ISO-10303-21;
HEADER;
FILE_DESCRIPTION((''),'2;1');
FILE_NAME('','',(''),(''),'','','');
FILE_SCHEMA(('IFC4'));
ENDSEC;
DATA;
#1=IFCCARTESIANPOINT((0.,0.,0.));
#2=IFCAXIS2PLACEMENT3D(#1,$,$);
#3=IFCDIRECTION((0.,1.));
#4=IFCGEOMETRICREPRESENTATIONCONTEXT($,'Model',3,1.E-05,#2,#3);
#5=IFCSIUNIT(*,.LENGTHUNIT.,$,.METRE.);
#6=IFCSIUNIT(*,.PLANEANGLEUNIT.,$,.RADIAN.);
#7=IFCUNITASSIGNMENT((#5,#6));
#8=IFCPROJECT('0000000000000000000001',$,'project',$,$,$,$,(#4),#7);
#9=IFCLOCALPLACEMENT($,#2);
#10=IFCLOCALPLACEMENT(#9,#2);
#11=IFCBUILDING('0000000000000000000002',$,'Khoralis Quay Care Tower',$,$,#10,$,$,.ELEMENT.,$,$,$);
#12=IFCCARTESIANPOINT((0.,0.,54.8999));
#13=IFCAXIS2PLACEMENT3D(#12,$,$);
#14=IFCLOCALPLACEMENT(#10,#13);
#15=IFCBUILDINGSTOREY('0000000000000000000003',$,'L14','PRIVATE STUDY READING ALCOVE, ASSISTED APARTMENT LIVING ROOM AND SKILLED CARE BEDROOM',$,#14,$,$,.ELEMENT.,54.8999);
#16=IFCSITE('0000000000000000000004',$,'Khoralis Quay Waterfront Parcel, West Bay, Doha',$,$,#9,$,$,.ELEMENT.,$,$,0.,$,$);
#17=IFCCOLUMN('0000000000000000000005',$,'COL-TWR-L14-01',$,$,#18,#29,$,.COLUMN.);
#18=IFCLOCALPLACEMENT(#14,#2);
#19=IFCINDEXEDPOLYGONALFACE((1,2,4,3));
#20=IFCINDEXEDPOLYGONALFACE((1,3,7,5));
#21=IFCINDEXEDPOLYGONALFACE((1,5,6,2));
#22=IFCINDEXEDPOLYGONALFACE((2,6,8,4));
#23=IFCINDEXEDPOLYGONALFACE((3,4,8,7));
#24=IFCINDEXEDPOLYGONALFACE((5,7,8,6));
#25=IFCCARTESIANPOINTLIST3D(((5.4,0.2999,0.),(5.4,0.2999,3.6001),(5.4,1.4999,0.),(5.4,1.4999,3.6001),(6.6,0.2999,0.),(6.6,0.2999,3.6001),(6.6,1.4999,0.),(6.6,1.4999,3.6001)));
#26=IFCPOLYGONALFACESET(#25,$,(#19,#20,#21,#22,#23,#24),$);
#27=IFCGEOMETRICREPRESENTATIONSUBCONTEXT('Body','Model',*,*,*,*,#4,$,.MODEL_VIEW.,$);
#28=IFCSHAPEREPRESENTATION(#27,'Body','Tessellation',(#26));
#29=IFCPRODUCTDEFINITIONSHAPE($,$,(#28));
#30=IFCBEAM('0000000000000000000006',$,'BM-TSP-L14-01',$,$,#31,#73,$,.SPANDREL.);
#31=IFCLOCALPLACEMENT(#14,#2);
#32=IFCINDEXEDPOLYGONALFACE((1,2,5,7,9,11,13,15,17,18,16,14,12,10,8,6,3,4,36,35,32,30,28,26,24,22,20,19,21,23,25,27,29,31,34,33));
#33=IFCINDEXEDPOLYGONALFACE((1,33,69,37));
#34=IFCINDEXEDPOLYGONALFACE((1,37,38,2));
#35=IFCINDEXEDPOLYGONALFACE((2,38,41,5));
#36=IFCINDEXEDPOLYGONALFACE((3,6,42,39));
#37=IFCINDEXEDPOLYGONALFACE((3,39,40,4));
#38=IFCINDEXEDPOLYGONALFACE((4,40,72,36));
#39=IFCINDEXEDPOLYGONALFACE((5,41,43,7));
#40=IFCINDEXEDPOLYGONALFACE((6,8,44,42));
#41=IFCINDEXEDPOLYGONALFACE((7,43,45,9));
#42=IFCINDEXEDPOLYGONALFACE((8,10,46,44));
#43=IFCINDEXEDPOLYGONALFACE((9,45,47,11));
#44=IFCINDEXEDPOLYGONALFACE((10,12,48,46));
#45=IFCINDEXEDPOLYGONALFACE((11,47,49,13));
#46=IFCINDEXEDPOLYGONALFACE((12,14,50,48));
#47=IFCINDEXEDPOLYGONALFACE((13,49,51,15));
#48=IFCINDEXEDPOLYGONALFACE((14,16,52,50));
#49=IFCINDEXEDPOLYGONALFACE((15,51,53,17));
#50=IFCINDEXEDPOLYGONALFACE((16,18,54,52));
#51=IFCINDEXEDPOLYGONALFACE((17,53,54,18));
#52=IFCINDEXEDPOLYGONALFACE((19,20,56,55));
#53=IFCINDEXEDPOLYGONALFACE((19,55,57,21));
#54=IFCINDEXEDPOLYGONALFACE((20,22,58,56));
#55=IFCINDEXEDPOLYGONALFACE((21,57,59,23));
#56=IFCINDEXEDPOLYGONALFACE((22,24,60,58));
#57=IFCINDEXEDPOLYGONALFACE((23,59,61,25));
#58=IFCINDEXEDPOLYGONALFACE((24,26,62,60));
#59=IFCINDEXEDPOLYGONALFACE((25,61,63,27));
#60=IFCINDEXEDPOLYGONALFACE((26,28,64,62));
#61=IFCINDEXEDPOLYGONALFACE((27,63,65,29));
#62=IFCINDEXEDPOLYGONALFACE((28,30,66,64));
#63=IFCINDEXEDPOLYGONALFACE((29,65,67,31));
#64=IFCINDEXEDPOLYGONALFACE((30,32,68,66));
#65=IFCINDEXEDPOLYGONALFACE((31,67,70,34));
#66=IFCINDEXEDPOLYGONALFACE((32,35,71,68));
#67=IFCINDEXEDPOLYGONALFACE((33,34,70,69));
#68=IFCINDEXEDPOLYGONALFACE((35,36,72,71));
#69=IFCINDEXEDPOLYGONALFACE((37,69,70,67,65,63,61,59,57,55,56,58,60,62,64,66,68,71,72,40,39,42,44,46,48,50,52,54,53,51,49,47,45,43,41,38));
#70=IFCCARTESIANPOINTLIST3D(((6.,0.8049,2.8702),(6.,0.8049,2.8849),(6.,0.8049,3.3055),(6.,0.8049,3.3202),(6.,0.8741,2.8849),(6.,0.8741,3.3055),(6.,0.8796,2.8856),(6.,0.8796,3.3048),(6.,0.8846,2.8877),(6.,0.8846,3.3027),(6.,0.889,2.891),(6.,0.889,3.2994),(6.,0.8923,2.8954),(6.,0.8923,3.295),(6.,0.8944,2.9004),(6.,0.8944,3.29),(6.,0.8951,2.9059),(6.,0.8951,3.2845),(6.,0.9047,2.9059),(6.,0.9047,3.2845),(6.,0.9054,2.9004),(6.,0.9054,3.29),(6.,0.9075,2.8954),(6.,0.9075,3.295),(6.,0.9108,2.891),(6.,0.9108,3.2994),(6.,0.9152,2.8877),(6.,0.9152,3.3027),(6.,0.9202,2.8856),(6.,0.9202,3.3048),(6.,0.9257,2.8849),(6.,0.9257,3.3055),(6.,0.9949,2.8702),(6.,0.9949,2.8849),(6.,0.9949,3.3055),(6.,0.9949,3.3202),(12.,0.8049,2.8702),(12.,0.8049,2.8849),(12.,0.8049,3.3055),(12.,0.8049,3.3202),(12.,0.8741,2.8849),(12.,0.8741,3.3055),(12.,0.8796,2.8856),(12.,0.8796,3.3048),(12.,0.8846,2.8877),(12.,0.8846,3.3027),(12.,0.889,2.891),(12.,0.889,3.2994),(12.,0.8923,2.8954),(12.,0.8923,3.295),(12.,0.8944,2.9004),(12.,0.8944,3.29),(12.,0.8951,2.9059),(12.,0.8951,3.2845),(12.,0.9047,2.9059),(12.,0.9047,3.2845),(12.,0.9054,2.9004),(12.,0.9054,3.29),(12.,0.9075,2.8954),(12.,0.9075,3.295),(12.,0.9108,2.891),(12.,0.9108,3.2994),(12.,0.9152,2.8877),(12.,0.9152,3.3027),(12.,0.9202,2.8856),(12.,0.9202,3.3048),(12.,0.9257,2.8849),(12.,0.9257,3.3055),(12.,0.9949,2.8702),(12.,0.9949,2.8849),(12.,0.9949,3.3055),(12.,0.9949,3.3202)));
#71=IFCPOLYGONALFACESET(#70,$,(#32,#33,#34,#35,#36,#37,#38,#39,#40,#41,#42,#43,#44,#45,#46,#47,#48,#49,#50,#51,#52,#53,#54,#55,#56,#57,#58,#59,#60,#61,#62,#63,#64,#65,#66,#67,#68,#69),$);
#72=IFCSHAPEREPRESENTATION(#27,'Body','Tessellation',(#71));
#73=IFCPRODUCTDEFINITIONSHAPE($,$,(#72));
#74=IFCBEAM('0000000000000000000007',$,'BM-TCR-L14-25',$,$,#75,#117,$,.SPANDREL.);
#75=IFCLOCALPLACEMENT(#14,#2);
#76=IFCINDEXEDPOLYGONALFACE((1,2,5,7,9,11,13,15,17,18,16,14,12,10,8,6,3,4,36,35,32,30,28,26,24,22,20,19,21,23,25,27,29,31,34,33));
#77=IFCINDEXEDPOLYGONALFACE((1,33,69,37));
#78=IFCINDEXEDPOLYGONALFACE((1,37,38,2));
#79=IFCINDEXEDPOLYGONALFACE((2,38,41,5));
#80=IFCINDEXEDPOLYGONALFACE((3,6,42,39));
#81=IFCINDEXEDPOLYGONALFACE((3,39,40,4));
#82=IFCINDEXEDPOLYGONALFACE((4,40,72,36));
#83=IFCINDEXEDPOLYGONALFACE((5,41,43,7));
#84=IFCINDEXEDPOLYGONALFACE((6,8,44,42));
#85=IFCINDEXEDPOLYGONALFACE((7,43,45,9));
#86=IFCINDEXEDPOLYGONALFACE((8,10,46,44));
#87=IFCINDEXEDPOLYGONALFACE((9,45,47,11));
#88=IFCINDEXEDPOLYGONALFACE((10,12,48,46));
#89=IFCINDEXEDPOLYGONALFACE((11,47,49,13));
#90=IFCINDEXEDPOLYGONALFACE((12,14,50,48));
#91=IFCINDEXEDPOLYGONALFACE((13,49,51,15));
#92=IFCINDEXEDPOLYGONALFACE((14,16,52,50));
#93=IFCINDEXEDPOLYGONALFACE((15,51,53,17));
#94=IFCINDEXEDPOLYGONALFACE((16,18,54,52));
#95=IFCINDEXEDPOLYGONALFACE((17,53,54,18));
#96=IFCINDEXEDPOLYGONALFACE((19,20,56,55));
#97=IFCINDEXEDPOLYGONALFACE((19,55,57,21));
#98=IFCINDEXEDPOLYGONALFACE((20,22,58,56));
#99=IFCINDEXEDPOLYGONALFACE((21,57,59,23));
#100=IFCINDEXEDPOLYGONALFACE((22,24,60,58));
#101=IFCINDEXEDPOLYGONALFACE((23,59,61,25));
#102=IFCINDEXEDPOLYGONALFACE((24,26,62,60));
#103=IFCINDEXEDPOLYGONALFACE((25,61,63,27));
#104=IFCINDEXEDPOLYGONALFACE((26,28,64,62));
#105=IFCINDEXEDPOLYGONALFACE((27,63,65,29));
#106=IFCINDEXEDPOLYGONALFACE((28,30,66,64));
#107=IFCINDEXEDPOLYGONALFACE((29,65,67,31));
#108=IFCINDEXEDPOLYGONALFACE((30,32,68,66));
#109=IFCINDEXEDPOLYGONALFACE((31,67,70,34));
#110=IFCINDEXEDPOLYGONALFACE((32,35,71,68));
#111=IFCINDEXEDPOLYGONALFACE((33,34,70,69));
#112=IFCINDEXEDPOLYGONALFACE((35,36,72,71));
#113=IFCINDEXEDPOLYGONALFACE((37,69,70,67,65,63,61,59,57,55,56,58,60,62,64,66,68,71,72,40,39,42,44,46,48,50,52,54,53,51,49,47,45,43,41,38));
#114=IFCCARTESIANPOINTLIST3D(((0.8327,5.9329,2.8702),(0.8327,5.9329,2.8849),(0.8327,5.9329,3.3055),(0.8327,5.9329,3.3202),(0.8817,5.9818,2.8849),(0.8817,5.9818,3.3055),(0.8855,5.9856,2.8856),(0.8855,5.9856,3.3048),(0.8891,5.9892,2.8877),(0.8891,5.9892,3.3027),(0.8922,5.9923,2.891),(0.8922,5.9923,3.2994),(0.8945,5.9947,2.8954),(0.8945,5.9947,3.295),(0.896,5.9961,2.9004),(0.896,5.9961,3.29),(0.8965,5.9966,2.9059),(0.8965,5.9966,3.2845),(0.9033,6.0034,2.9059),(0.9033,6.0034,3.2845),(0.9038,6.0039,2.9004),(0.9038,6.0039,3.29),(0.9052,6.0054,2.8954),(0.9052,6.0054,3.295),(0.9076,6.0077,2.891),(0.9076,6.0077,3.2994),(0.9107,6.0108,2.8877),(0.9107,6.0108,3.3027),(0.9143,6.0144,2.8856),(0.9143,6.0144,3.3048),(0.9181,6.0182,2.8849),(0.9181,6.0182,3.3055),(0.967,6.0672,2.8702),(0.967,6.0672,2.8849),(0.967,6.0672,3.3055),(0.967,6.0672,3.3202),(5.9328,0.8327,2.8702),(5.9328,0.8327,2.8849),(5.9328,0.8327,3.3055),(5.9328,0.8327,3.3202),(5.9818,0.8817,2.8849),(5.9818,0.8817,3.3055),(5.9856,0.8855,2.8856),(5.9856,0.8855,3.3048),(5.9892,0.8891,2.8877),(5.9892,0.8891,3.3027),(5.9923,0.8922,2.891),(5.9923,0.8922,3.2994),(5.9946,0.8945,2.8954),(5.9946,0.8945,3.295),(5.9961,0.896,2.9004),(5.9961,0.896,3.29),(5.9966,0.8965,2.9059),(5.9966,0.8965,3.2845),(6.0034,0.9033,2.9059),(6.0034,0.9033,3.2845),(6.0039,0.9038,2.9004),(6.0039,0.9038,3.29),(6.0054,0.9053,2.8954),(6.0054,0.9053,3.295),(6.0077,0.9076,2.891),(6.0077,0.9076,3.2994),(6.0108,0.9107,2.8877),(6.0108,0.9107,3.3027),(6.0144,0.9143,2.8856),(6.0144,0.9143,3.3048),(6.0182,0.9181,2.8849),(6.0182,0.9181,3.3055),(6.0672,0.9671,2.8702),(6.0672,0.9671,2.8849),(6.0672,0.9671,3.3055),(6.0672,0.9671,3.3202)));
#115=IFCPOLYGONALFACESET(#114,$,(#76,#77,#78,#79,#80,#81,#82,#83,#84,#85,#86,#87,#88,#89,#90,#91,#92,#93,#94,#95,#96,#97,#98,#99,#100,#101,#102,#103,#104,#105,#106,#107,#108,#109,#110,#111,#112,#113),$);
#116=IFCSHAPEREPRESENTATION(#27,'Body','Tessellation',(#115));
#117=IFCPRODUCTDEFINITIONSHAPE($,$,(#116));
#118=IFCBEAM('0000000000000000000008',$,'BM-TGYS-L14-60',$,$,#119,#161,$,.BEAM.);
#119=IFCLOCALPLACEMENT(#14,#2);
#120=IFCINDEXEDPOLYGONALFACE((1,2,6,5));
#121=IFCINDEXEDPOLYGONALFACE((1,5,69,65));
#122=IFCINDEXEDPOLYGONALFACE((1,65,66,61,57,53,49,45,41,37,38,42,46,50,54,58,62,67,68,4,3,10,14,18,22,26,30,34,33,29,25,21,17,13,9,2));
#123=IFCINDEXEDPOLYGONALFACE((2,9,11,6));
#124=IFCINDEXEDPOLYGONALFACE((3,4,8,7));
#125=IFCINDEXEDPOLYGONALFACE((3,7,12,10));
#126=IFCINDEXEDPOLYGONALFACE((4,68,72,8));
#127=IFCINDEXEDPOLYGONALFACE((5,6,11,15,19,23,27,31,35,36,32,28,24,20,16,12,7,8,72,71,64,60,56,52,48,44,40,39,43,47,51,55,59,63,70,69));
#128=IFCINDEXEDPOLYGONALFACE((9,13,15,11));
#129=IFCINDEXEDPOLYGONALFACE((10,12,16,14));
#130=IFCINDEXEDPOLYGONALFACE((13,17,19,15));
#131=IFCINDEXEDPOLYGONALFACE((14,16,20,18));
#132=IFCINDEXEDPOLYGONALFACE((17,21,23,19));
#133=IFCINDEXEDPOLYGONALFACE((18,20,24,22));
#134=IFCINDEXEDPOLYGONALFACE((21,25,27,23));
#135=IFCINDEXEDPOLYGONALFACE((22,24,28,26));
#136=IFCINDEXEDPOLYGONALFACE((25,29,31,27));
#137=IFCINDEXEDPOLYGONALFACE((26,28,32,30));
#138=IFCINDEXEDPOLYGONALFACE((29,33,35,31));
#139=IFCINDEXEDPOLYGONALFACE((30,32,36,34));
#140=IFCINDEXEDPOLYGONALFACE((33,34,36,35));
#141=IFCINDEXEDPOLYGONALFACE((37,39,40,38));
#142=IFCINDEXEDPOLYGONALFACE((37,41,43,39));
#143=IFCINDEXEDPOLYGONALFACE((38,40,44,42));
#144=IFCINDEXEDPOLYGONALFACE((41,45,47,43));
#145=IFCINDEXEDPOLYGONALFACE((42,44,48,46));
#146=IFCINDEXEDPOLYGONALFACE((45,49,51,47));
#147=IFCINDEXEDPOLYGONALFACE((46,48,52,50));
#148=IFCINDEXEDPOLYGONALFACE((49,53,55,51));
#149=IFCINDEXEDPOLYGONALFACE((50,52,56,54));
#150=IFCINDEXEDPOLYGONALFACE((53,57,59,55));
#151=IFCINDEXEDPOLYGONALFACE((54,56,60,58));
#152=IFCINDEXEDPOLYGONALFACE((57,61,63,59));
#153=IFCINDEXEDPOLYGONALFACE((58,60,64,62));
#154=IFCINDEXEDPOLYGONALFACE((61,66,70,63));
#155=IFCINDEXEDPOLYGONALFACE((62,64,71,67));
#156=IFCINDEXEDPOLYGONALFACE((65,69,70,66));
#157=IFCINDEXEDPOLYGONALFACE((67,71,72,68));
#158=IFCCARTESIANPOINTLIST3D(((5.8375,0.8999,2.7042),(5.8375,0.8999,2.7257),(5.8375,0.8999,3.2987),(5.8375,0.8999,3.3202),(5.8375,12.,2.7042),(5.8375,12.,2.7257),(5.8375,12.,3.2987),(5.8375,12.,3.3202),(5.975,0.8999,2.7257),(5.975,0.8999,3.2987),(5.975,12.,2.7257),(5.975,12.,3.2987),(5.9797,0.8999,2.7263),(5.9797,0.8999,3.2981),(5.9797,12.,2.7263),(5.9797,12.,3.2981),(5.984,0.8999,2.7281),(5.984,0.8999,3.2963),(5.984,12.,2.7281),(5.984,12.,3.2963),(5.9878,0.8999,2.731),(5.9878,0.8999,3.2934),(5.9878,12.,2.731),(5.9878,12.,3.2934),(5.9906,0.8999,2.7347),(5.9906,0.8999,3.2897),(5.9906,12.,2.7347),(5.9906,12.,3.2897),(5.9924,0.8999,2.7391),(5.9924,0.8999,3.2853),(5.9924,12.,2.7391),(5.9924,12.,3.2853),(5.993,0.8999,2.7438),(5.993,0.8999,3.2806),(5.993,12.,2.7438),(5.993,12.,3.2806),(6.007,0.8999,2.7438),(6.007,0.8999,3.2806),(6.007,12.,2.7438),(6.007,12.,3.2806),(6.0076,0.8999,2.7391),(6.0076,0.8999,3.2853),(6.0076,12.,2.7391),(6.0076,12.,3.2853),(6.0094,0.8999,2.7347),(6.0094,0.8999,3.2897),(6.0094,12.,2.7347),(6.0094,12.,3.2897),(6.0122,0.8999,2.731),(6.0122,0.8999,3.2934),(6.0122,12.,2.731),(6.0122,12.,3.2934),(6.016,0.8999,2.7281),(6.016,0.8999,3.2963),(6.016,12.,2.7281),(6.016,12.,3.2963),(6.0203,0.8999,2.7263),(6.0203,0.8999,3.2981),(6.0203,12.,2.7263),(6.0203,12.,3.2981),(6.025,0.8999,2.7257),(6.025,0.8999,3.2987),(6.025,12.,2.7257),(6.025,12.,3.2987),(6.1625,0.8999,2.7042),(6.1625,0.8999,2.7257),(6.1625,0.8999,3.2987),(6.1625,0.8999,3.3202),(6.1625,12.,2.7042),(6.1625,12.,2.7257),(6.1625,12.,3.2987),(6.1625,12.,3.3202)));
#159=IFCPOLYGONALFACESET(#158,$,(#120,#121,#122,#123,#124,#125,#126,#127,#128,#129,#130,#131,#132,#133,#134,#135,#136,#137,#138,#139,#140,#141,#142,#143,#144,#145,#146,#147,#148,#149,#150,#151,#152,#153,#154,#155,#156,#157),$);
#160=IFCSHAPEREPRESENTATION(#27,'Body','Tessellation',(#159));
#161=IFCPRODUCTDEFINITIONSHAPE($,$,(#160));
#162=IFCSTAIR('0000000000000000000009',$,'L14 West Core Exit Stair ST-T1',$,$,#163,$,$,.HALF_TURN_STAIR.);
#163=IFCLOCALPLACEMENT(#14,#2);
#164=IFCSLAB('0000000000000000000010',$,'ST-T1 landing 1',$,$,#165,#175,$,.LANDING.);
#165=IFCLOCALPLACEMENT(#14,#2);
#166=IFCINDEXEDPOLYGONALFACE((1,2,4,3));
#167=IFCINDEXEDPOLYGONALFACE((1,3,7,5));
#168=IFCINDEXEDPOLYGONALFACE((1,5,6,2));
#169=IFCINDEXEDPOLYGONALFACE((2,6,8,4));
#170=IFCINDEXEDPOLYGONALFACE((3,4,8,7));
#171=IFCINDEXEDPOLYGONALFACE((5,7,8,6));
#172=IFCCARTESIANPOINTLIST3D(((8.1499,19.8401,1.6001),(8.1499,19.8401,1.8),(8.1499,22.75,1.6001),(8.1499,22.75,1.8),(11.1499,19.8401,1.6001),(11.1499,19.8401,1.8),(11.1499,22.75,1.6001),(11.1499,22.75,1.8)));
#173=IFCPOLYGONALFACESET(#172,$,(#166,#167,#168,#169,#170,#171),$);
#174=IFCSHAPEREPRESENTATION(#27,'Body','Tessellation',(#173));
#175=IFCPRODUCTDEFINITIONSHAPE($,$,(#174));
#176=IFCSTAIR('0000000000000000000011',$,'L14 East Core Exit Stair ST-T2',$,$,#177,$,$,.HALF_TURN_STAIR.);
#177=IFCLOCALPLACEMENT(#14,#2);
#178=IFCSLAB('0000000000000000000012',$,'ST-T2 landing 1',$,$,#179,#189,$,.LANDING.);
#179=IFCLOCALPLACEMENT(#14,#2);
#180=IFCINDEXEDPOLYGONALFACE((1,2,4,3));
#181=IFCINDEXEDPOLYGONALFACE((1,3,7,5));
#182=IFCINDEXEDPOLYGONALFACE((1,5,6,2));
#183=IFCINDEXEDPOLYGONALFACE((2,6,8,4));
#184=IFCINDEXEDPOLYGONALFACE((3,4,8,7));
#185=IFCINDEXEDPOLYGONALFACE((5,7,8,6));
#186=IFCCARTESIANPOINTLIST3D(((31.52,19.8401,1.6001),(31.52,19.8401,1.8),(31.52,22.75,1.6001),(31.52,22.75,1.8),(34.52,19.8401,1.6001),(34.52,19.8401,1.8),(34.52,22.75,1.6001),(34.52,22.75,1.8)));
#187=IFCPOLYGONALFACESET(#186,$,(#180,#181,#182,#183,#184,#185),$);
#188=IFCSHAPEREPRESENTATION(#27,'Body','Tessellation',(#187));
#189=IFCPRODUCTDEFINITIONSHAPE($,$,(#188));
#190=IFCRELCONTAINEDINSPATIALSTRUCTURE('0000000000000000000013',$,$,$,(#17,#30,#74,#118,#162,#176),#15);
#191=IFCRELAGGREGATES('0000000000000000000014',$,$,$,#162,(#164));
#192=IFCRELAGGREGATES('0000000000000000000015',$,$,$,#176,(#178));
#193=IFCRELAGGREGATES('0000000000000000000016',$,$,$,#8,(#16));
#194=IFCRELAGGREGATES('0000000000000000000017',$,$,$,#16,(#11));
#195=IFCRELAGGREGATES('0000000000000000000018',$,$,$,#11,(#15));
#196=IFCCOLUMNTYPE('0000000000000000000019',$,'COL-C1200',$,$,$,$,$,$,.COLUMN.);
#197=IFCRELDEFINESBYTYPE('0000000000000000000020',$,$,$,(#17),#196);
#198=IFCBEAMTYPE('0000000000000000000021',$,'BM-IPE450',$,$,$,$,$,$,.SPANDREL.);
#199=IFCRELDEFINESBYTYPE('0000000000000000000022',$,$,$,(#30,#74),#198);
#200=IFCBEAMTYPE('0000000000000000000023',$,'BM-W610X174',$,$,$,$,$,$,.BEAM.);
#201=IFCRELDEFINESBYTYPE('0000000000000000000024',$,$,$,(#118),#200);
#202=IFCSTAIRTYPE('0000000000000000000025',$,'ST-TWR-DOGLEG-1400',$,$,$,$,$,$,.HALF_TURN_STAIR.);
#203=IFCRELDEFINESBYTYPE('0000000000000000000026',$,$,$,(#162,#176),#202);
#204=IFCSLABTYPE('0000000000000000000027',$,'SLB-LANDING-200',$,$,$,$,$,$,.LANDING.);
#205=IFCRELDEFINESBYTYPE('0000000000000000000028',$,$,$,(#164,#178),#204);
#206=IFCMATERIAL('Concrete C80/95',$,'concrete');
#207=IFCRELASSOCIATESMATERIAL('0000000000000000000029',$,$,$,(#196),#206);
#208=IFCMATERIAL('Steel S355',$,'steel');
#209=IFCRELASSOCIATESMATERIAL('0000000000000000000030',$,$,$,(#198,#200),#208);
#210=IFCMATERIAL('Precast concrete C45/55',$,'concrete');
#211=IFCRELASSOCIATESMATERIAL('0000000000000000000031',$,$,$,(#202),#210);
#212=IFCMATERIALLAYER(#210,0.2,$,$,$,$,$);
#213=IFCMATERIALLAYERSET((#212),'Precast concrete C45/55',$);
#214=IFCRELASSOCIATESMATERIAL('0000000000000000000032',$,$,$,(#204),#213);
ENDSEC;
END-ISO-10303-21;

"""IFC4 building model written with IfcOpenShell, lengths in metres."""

from ifc_helpers import new_model, si_unit, direction, frame, origin, origin_2d, place, context, subcontext, project, spatial, polyline, rectangle, i_section, outline, extrude, source, transform, mapped, material, layer, layer_set, material_profile, profile_set, type_object, element, aggregate, save


model = new_model("IFC4")

# Units and contexts
model_context = context("Model", 3, precision=1e-05, world=origin(), true_north=direction((0.0, 1.0)))
body_context = subcontext(model_context, "Body", "Model", "MODEL_VIEW")
ifc_project = project(units=[si_unit("LENGTHUNIT", "METRE"), si_unit("PLANEANGLEUNIT", "RADIAN")], contexts=[model_context])

# Site, building, storey
site_placement = place(None, origin())
site = spatial("IfcSite", under=ifc_project, at=site_placement, Name="Khoralis Quay Waterfront Parcel, West Bay, Doha", CompositionType="ELEMENT", RefElevation=0.0)
building_placement = place(site_placement, origin())
building = spatial("IfcBuilding", under=site, at=building_placement, Name="Khoralis Quay Care Tower", CompositionType="ELEMENT")
storey_placement = place(building_placement, frame((0.0, 0.0, 54.8999)))
storey = spatial("IfcBuildingStorey", under=building, at=storey_placement, Name="L14", Description="PRIVATE STUDY READING ALCOVE, ASSISTED APARTMENT LIVING ROOM AND SKILLED CARE BEDROOM", CompositionType="ELEMENT", Elevation=54.8999)

# Column
ifc_material_1 = material(Name="Concrete C80/95", Category="concrete")
ifc_material_profile_1 = material_profile(ifc_material_1, rectangle(XDim=1.2, YDim=1.2, at=origin_2d()), Name="Concrete C80/95")
ifc_profile_set_1 = profile_set([ifc_material_profile_1], Name="Concrete C80/95")
column_type = type_object("IfcColumnType", Name="COL-C1200", PredefinedType="COLUMN", material=ifc_profile_set_1)
shared_shape_1 = source(origin(), body_context, "Body", "SweptSolid", [
    extrude(rectangle(XDim=1.2, YDim=1.2, at=origin_2d()), origin(), (0.0, 0.0, 1.0), 3.6001),
])
column_placement = place(storey_placement, frame((6.0, 0.8999, 0.0), z_axis=(0.0, 0.0, 1.0), x_axis=(1.0, 0.0, 0.0)))
element("IfcColumn", 1, at=column_placement, inside=storey, type_object=column_type, Name="COL-TWR-L14-01", PredefinedType="COLUMN", context=body_context, shape_type="MappedRepresentation", body=[
    mapped(shared_shape_1, transform((0.0, 0.0, 0.0), scale=1.0)),
])

# Beams
ifc_material_2 = material(Name="Steel S355", Category="steel")
ifc_material_profile_2 = material_profile(ifc_material_2, i_section(OverallWidth=0.1899, OverallDepth=0.45, WebThickness=0.0095, FlangeThickness=0.0146, FilletRadius=0.021, at=origin_2d()), Name="Steel S355")
ifc_profile_set_2 = profile_set([ifc_material_profile_2], Name="Steel S355")
beam_type_1 = type_object("IfcBeamType", Name="BM-IPE450", PredefinedType="SPANDREL", material=ifc_profile_set_2)
shared_shape_2 = source(origin(), body_context, "Body", "SweptSolid", [
    extrude(i_section(OverallWidth=0.1899, OverallDepth=0.45, WebThickness=0.0095, FlangeThickness=0.0146, FilletRadius=0.021, at=origin_2d()), origin(), (0.0, 0.0, 1.0), 6.0),
])
beam_1_placement = place(storey_placement, frame((6.0, 0.8999, 3.0952), z_axis=(1.0, 0.0, 0.0), x_axis=(0.0, 1.0, 0.0)))
element("IfcBeam", 2, at=beam_1_placement, inside=storey, type_object=beam_type_1, Name="BM-TSP-L14-01", PredefinedType="SPANDREL", context=body_context, shape_type="MappedRepresentation", body=[
    mapped(shared_shape_2, transform((0.0, 0.0, 0.0), scale=1.0)),
])
shared_shape_3 = source(origin(), body_context, "Body", "SweptSolid", [
    extrude(i_section(OverallWidth=0.1899, OverallDepth=0.45, WebThickness=0.0095, FlangeThickness=0.0146, FilletRadius=0.021, at=origin_2d()), origin(), (0.0, 0.0, 1.0), 7.2126),
])
beam_2_placement = place(storey_placement, frame((6.0, 0.8999, 3.0952), z_axis=(-0.707107, 0.707107, 0.0), x_axis=(-0.707107, -0.707107, 0.0)))
element("IfcBeam", 3, at=beam_2_placement, inside=storey, type_object=beam_type_1, Name="BM-TCR-L14-25", PredefinedType="SPANDREL", context=body_context, shape_type="MappedRepresentation", body=[
    mapped(shared_shape_3, transform((0.0, 0.0, 0.0), scale=1.0)),
])
ifc_material_profile_3 = material_profile(ifc_material_2, i_section(OverallWidth=0.325, OverallDepth=0.616, WebThickness=0.0139, FlangeThickness=0.0215, FilletRadius=0.0181, at=origin_2d()), Name="Steel S355")
ifc_profile_set_3 = profile_set([ifc_material_profile_3], Name="Steel S355")
beam_type_2 = type_object("IfcBeamType", Name="BM-W610X174", PredefinedType="BEAM", material=ifc_profile_set_3)
shared_shape_4 = source(origin(), body_context, "Body", "SweptSolid", [
    extrude(i_section(OverallWidth=0.325, OverallDepth=0.616, WebThickness=0.0139, FlangeThickness=0.0215, FilletRadius=0.0181, at=origin_2d()), origin(), (0.0, 0.0, 1.0), 11.1001),
])
beam_3_placement = place(storey_placement, frame((6.0, 0.8999, 3.0122), z_axis=(0.0, 1.0, 0.0), x_axis=(-1.0, 0.0, 0.0)))
element("IfcBeam", 4, at=beam_3_placement, inside=storey, type_object=beam_type_2, Name="BM-TGYS-L14-60", PredefinedType="BEAM", context=body_context, shape_type="MappedRepresentation", body=[
    mapped(shared_shape_4, transform((0.0, 0.0, 0.0), scale=1.0)),
])

# Stairs, slabs
ifc_material_3 = material(Name="Precast concrete C45/55", Category="concrete")
stair_type = type_object("IfcStairType", Name="ST-TWR-DOGLEG-1400", PredefinedType="HALF_TURN_STAIR", material=ifc_material_3)
stair_1_placement = place(storey_placement, origin())
stair_1 = element("IfcStair", 5, at=stair_1_placement, inside=storey, type_object=stair_type, Name="L14 West Core Exit Stair ST-T1", PredefinedType="HALF_TURN_STAIR")
ifc_layer_1 = layer(ifc_material_3, 0.2)
ifc_layer_set_1 = layer_set([ifc_layer_1], Name="Precast concrete C45/55")
slab_type_1 = type_object("IfcSlabType", Name="SLB-LANDING-200", PredefinedType="LANDING", material=ifc_layer_set_1)
slab_1_placement = place(storey_placement, frame((0.0, 0.0, 1.6001)))
slab_1 = element("IfcSlab", 6, at=slab_1_placement, type_object=slab_type_1, Name="ST-T1 landing 1", PredefinedType="LANDING", context=body_context, shape_type="SweptSolid", body=[
    extrude(outline(polyline([(11.1499, 19.8401), (11.1499, 22.75), (8.1499, 22.75), (8.1499, 19.8401), (11.1499, 19.8401)])), origin(), (0.0, 0.0, 1.0), 0.2),
])
aggregate(stair_1, [slab_1])
stair_2_placement = place(storey_placement, origin())
stair_2 = element("IfcStair", 7, at=stair_2_placement, inside=storey, type_object=stair_type, Name="L14 East Core Exit Stair ST-T2", PredefinedType="HALF_TURN_STAIR")
slab_2_placement = place(storey_placement, frame((0.0, 0.0, 1.6001)))
slab_2 = element("IfcSlab", 8, at=slab_2_placement, type_object=slab_type_1, Name="ST-T2 landing 1", PredefinedType="LANDING", context=body_context, shape_type="SweptSolid", body=[
    extrude(outline(polyline([(34.52, 19.8401), (34.52, 22.75), (31.52, 22.75), (31.52, 19.8401), (34.52, 19.8401)])), origin(), (0.0, 0.0, 1.0), 0.2),
])
aggregate(stair_2, [slab_2])

save(model, "model.ifc")
